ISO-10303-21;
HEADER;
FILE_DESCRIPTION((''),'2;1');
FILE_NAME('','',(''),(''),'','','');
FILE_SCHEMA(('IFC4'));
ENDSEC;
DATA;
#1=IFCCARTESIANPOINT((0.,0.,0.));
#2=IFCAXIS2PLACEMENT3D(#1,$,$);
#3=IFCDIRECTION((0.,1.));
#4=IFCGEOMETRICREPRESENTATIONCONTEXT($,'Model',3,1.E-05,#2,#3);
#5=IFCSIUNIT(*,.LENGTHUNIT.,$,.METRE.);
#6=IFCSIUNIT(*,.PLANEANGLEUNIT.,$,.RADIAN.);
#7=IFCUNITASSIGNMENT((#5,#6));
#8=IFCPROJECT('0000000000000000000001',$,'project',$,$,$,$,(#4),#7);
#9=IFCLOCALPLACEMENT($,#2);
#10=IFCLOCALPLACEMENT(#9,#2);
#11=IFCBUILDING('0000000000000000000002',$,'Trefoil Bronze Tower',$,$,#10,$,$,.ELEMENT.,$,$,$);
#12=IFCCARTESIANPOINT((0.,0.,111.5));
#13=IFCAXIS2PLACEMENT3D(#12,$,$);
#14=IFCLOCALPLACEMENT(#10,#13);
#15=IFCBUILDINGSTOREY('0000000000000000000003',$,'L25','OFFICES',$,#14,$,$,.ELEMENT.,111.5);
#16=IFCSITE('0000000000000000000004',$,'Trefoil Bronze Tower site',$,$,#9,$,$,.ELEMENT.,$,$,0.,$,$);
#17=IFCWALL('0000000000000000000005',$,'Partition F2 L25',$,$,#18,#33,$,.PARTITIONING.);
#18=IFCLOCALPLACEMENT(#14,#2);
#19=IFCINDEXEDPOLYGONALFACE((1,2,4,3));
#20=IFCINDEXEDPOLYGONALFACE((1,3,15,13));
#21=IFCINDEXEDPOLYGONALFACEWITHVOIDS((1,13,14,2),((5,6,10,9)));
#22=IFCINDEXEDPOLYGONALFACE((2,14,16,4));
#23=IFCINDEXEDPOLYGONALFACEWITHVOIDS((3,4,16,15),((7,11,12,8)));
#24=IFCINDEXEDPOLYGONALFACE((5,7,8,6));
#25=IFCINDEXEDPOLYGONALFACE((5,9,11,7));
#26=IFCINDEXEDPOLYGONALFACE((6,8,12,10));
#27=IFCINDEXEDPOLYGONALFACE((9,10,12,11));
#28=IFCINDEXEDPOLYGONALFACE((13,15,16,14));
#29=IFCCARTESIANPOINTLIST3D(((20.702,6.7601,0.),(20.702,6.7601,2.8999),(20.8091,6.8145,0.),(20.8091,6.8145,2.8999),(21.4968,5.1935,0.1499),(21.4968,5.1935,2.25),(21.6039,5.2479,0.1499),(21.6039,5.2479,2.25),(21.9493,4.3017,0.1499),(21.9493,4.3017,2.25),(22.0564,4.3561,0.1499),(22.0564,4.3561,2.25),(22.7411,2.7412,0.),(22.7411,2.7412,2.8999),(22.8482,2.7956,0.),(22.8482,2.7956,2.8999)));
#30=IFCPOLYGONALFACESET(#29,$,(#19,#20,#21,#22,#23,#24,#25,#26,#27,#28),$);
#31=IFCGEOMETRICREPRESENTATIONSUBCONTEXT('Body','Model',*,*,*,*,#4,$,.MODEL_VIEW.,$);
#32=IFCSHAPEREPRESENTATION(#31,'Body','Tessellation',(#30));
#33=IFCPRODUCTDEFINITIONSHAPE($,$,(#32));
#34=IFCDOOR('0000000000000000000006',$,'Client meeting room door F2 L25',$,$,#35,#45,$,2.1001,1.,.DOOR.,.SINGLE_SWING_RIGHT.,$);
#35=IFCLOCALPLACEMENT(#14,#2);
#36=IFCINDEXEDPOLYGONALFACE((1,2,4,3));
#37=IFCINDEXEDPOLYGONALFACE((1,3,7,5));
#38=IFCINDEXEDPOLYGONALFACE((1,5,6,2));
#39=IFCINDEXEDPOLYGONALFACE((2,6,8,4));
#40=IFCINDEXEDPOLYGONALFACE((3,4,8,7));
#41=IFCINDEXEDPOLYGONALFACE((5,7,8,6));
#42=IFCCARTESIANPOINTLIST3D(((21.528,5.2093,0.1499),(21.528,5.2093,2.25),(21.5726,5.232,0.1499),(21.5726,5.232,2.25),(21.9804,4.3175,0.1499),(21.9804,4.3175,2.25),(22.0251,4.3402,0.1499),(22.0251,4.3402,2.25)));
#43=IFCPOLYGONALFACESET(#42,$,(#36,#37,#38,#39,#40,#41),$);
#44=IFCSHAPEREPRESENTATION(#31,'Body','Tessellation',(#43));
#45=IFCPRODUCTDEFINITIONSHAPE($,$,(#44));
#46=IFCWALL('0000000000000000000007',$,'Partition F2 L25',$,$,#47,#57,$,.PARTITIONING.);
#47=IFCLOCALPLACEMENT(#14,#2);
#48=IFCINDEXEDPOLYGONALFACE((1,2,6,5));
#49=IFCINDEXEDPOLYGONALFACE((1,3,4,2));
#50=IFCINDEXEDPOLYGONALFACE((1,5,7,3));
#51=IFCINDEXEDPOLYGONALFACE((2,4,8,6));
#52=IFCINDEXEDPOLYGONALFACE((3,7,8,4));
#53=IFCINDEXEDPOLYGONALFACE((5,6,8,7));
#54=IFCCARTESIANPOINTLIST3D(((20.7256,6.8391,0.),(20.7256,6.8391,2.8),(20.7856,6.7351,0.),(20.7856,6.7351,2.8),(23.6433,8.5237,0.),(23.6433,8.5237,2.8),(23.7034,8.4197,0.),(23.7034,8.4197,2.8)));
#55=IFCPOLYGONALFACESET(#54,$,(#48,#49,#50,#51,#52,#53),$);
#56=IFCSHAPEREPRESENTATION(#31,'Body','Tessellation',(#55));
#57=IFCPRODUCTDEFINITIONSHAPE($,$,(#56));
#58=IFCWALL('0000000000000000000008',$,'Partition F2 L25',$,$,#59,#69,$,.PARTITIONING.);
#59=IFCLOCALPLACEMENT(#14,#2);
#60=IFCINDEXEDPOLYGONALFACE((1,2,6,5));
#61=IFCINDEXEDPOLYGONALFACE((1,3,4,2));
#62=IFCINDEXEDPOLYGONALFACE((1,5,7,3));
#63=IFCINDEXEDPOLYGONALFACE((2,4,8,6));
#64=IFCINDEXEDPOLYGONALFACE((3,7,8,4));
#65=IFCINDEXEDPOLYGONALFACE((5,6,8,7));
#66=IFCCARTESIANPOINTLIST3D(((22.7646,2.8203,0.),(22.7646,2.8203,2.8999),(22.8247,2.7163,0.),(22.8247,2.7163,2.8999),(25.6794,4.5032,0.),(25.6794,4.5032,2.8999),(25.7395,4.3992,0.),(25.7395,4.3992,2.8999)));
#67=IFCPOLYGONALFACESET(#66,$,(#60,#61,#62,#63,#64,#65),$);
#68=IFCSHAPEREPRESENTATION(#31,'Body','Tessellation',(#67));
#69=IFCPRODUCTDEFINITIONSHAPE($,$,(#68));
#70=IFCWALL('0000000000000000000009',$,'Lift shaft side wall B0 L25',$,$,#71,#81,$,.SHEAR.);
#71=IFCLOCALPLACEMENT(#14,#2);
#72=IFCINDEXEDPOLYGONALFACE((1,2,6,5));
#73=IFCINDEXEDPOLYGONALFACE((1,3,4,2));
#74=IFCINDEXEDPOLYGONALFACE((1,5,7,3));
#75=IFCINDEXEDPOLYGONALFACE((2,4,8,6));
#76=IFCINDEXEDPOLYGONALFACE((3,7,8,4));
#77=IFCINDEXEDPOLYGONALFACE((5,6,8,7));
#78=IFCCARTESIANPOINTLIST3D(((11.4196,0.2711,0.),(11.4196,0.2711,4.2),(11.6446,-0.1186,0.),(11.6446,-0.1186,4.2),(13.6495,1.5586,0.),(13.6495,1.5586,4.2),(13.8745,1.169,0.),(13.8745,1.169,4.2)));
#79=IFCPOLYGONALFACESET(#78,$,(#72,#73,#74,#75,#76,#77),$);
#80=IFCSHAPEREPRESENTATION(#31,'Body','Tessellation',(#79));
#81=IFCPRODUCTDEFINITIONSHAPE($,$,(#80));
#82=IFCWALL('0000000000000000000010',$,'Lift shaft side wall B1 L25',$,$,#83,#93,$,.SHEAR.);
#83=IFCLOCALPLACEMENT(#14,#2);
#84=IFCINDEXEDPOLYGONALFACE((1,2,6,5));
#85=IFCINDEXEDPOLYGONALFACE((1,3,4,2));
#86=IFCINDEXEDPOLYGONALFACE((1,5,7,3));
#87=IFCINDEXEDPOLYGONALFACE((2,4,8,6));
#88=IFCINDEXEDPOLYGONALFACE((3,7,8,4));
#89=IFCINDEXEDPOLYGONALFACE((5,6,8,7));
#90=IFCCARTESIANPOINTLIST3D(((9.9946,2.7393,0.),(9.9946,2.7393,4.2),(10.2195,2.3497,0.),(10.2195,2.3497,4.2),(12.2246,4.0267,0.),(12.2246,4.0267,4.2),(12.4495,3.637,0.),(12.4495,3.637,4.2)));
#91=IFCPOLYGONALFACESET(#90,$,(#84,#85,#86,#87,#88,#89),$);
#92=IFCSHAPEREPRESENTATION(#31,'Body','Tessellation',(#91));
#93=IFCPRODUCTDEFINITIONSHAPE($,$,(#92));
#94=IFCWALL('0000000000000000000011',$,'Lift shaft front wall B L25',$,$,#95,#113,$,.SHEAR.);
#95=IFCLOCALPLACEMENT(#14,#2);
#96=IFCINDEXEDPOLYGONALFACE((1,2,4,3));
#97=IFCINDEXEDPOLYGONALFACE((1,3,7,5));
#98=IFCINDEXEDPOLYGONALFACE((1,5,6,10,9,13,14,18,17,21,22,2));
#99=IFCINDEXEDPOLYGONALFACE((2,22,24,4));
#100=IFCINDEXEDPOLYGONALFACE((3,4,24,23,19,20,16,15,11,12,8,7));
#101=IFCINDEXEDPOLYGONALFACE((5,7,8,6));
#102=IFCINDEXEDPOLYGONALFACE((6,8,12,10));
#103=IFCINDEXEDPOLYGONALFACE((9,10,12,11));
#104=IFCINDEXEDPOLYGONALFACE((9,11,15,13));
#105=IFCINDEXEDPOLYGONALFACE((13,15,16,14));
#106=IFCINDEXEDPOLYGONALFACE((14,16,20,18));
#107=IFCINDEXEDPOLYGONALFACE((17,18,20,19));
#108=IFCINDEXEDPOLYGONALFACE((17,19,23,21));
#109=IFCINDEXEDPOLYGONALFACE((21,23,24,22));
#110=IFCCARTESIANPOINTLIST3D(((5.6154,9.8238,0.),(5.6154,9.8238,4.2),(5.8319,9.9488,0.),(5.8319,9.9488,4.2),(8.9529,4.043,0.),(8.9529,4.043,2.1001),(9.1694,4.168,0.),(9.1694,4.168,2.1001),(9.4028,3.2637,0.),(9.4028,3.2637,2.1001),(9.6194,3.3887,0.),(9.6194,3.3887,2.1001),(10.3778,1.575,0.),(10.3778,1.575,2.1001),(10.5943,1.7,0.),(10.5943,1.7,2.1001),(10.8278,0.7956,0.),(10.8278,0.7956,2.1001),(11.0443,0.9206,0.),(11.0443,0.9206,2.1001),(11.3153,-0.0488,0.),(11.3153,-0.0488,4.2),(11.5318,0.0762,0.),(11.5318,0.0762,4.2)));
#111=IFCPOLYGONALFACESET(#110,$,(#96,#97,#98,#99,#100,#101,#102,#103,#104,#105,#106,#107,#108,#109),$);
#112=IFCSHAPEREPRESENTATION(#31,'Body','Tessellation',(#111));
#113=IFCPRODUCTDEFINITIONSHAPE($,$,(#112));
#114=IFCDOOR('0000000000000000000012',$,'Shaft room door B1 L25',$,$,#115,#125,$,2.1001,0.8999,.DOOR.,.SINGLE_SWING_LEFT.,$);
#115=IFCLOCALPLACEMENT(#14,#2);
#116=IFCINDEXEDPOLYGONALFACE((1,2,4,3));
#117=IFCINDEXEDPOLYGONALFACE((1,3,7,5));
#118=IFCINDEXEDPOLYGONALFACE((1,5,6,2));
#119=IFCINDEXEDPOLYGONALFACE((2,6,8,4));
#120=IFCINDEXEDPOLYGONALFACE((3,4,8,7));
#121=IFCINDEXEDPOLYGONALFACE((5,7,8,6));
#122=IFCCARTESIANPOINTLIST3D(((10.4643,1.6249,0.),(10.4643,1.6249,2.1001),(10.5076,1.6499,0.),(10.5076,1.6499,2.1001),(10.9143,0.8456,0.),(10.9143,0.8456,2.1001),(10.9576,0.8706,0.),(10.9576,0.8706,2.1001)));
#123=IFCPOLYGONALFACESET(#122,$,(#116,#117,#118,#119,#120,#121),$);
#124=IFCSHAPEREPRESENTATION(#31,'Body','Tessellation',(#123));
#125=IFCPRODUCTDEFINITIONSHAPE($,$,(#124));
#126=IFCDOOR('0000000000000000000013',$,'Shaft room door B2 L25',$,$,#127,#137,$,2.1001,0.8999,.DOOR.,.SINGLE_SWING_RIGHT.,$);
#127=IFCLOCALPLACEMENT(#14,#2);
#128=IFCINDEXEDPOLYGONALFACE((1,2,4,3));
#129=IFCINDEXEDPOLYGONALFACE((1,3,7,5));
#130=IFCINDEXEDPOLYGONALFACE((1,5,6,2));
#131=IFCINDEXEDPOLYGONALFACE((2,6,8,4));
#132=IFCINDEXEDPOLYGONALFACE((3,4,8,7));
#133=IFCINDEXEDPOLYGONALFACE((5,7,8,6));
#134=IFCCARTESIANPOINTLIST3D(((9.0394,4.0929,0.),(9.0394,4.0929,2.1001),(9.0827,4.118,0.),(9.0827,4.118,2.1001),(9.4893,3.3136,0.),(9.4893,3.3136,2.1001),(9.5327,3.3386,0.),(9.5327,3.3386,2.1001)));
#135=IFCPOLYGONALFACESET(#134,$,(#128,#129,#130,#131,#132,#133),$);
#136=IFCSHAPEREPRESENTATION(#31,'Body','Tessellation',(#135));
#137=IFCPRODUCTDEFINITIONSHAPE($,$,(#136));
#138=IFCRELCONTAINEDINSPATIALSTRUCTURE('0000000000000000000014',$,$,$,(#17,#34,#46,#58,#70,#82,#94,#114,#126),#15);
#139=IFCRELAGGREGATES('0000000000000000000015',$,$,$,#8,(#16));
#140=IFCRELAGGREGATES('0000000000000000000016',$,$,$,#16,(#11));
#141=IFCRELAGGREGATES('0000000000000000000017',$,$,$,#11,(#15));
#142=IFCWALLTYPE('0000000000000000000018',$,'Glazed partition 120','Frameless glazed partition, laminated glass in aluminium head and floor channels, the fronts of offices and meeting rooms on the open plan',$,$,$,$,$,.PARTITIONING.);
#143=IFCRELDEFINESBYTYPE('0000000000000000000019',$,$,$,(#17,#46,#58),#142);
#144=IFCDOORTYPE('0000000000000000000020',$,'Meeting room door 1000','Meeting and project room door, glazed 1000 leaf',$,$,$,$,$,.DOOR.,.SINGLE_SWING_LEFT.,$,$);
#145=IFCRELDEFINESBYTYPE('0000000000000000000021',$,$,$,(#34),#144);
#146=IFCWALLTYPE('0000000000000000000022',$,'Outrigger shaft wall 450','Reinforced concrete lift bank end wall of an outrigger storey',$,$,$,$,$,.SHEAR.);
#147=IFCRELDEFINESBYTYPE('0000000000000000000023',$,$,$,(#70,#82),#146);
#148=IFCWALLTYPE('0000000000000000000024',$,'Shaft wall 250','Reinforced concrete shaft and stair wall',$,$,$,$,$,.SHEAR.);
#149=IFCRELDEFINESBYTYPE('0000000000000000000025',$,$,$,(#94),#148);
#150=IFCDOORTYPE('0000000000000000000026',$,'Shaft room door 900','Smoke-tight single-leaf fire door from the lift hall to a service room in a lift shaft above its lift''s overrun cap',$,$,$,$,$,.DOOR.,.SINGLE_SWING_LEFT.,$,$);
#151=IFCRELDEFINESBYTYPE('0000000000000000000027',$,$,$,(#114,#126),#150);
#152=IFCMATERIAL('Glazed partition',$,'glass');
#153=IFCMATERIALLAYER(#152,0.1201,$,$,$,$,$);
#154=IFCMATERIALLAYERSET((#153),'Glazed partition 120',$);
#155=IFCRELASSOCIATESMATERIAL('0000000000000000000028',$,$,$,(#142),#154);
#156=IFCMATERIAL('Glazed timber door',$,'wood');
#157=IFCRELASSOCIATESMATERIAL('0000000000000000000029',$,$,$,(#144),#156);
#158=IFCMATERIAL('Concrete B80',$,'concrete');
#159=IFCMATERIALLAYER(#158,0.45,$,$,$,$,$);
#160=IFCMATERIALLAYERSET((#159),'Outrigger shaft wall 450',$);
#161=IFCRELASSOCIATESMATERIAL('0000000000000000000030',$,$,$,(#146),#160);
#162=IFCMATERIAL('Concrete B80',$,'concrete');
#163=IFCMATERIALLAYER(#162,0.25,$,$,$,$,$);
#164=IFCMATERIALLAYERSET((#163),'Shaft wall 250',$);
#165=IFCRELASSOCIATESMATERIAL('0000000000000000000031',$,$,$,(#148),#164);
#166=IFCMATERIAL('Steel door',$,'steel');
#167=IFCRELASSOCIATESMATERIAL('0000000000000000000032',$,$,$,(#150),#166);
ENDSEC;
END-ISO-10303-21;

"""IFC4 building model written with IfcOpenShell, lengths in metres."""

from ifc_helpers import new_model, si_unit, direction, frame, frame_2d, origin, place, context, subcontext, project, spatial, rectangle, extrude, material, layer, layer_set, type_object, element, fill, save


model = new_model("IFC4")

# Units and contexts
model_context = context("Model", 3, precision=1e-05, world=origin(), true_north=direction((0.0, 1.0)))
body_context = subcontext(model_context, "Body", "Model", "MODEL_VIEW")
ifc_project = project(units=[si_unit("LENGTHUNIT", "METRE"), si_unit("PLANEANGLEUNIT", "RADIAN")], contexts=[model_context])

# Site, building, storey
site_placement = place(None, origin())
site = spatial("IfcSite", under=ifc_project, at=site_placement, Name="Trefoil Bronze Tower site", CompositionType="ELEMENT", RefElevation=0.0)
building_placement = place(site_placement, origin())
building = spatial("IfcBuilding", under=site, at=building_placement, Name="Trefoil Bronze Tower", CompositionType="ELEMENT")
storey_placement = place(building_placement, frame((0.0, 0.0, 111.5)))
storey = spatial("IfcBuildingStorey", under=building, at=storey_placement, Name="L25", Description="OFFICES", CompositionType="ELEMENT", Elevation=111.5)

# Shared definitions
ifc_material_1 = material(Name="Glazed partition", Category="glass")
ifc_layer_1 = layer(ifc_material_1, 0.1201)
ifc_layer_set_1 = layer_set([ifc_layer_1], Name="Glazed partition 120")
wall_type_1 = type_object("IfcWallType", Name="Glazed partition 120", Description="Frameless glazed partition, laminated glass in aluminium head and floor channels, the fronts of offices and meeting rooms on the open plan", PredefinedType="PARTITIONING", material=ifc_layer_set_1)
ifc_material_2 = material(Name="Glazed timber door", Category="wood")
door_type_1 = type_object("IfcDoorType", Name="Meeting room door 1000", Description="Meeting and project room door, glazed 1000 leaf", OperationType="SINGLE_SWING_LEFT", PredefinedType="DOOR", material=ifc_material_2)

# Wall, opening, door
wall_1_placement = place(storey_placement, frame((22.7947, 2.7683, 0.0), z_axis=(0.0, 0.0, 1.0), x_axis=(-0.452472, 0.891779, 0.0)))
wall_1 = element("IfcWall", 1, at=wall_1_placement, inside=storey, type_object=wall_type_1, Name="Partition F2 L25", PredefinedType="PARTITIONING", context=body_context, shape_type="SweptSolid", body=[
    extrude(rectangle(XDim=4.5066, YDim=0.1201, at=frame_2d((2.2534, 0.0))), origin(), (0.0, 0.0, 1.0), 2.8999),
])
opening_1_placement = place(wall_1_placement, frame((1.75, 0.0, 0.1499)))
opening_1 = element("IfcOpeningElement", 2, at=opening_1_placement, cuts=wall_1, PredefinedType="OPENING", context=body_context, shape_type="SweptSolid", body=[
    extrude(rectangle(XDim=1.0, YDim=2.1001, at=frame_2d((0.5, 1.05))), frame((0.0, 0.0701, 0.0), z_axis=(0.0, -1.0, 0.0), x_axis=(1.0, 0.0, 0.0)), (0.0, 0.0, 1.0), 0.1401),
])
door_1_placement = place(opening_1_placement, frame((1.0, 0.0, 0.0), z_axis=(0.0, 0.0, 1.0), x_axis=(-1.0, 0.0, 0.0)))
door_1 = element("IfcDoor", 3, at=door_1_placement, inside=storey, type_object=door_type_1, Name="Client meeting room door F2 L25", OperationType="SINGLE_SWING_RIGHT", OverallHeight=2.1001, OverallWidth=1.0, PredefinedType="DOOR", context=body_context, shape_type="SweptSolid", body=[
    extrude(rectangle(XDim=1.0, YDim=2.1001, at=frame_2d((0.5, 1.05))), frame((0.0, 0.0249, 0.0), z_axis=(0.0, -1.0, 0.0), x_axis=(1.0, 0.0, 0.0)), (0.0, 0.0, 1.0), 0.05),
])
fill(opening_1, door_1)

# Walls
wall_2_placement = place(storey_placement, frame((20.7556, 6.7871, 0.0), z_axis=(0.0, 0.0, 1.0), x_axis=(0.866023, 0.500005, 0.0)))
element("IfcWall", 4, at=wall_2_placement, inside=storey, type_object=wall_type_1, Name="Partition F2 L25", PredefinedType="PARTITIONING", context=body_context, shape_type="SweptSolid", body=[
    extrude(rectangle(XDim=3.3691, YDim=0.1201, at=frame_2d((1.6846, 0.0))), origin(), (0.0, 0.0, 1.0), 2.8),
])
wall_3_placement = place(storey_placement, frame((22.7947, 2.7683, 0.0), z_axis=(0.0, 0.0, 1.0), x_axis=(0.866025, 0.500001, 0.0)))
element("IfcWall", 5, at=wall_3_placement, inside=storey, type_object=wall_type_1, Name="Partition F2 L25", PredefinedType="PARTITIONING", context=body_context, shape_type="SweptSolid", body=[
    extrude(rectangle(XDim=3.3657, YDim=0.1201, at=frame_2d((1.6829, 0.0))), origin(), (0.0, 0.0, 1.0), 2.8999),
])
ifc_material_3 = material(Name="Concrete B80", Category="concrete")
ifc_layer_2 = layer(ifc_material_3, 0.45)
ifc_layer_set_2 = layer_set([ifc_layer_2], Name="Outrigger shaft wall 450")
wall_type_2 = type_object("IfcWallType", Name="Outrigger shaft wall 450", Description="Reinforced concrete lift bank end wall of an outrigger storey", PredefinedType="SHEAR", material=ifc_layer_set_2)
for number, where, z_axis, x_axis, name in (
    (6, (11.532, 0.0762, 0.0), (0.0, 0.0, 1.0), (0.866006, 0.500034, 0.0), "Lift shaft side wall B0 L25"),
    (7, (10.1069, 2.5444, 0.0), (0.0, 0.0, 1.0), (0.866047, 0.499963, 0.0), "Lift shaft side wall B1 L25"),
):
    element("IfcWall", number, at=place(storey_placement, frame(where, z_axis=z_axis, x_axis=x_axis)), inside=storey, type_object=wall_type_2, Name=name, PredefinedType="SHEAR", context=body_context, shape_type="SweptSolid", body=[
        extrude(rectangle(XDim=2.575, YDim=0.45, at=frame_2d((1.2876, 0.0))), origin(), (0.0, 0.0, 1.0), 4.2),
    ])

# Wall, openings, doors
ifc_material_4 = material(Name="Concrete B80", Category="concrete")
ifc_layer_3 = layer(ifc_material_4, 0.25)
ifc_layer_set_3 = layer_set([ifc_layer_3], Name="Shaft wall 250")
wall_type_3 = type_object("IfcWallType", Name="Shaft wall 250", Description="Reinforced concrete shaft and stair wall", PredefinedType="SHEAR", material=ifc_layer_set_3)
wall_4_placement = place(storey_placement, frame((11.4236, 0.0137, 0.0), z_axis=(0.0, 0.0, 1.0), x_axis=(-0.500002, 0.866024, 0.0)))
wall_4 = element("IfcWall", 8, at=wall_4_placement, inside=storey, type_object=wall_type_3, Name="Lift shaft front wall B L25", PredefinedType="SHEAR", context=body_context, shape_type="SweptSolid", body=[
    extrude(rectangle(XDim=11.3999, YDim=0.25, at=frame_2d((5.7, 0.0))), origin(), (0.0, 0.0, 1.0), 4.2),
])
opening_2_placement = place(wall_4_placement, frame((0.9751, 0.0, 0.0)))
opening_2 = element("IfcOpeningElement", 9, at=opening_2_placement, cuts=wall_4, PredefinedType="OPENING", context=body_context, shape_type="SweptSolid", body=[
    extrude(rectangle(XDim=0.8999, YDim=2.1001, at=frame_2d((0.45, 1.05))), frame((0.0, 0.135, 0.0), z_axis=(0.0, -1.0, 0.0), x_axis=(1.0, 0.0, 0.0)), (0.0, 0.0, 1.0), 0.27),
])
opening_3_placement = place(wall_4_placement, frame((3.825, 0.0, 0.0)))
opening_3 = element("IfcOpeningElement", 10, at=opening_3_placement, cuts=wall_4, PredefinedType="OPENING", context=body_context, shape_type="SweptSolid", body=[
    extrude(rectangle(XDim=0.8999, YDim=2.1001, at=frame_2d((0.45, 1.05))), frame((0.0, 0.135, 0.0), z_axis=(0.0, -1.0, 0.0), x_axis=(1.0, 0.0, 0.0)), (0.0, 0.0, 1.0), 0.27),
])
ifc_material_5 = material(Name="Steel door", Category="steel")
door_type_2 = type_object("IfcDoorType", Name="Shaft room door 900", Description="Smoke-tight single-leaf fire door from the lift hall to a service room in a lift shaft above its lift's overrun cap", OperationType="SINGLE_SWING_LEFT", PredefinedType="DOOR", material=ifc_material_5)
door_2_placement = place(opening_2_placement, frame((0.8999, 0.0, 0.0), z_axis=(0.0, 0.0, 1.0), x_axis=(-1.0, 0.0, 0.0)))
door_2 = element("IfcDoor", 11, at=door_2_placement, inside=storey, type_object=door_type_2, Name="Shaft room door B1 L25", OperationType="SINGLE_SWING_LEFT", OverallHeight=2.1001, OverallWidth=0.8999, PredefinedType="DOOR", context=body_context, shape_type="SweptSolid", body=[
    extrude(rectangle(XDim=0.8999, YDim=2.1001, at=frame_2d((0.45, 1.05))), frame((0.0, 0.0249, 0.0), z_axis=(0.0, -1.0, 0.0), x_axis=(1.0, 0.0, 0.0)), (0.0, 0.0, 1.0), 0.05),
])
fill(opening_2, door_2)
door_3_placement = place(opening_3_placement, frame((0.8999, 0.0, 0.0), z_axis=(0.0, 0.0, 1.0), x_axis=(-1.0, 0.0, 0.0)))
door_3 = element("IfcDoor", 12, at=door_3_placement, inside=storey, type_object=door_type_2, Name="Shaft room door B2 L25", OperationType="SINGLE_SWING_RIGHT", OverallHeight=2.1001, OverallWidth=0.8999, PredefinedType="DOOR", context=body_context, shape_type="SweptSolid", body=[
    extrude(rectangle(XDim=0.8999, YDim=2.1001, at=frame_2d((0.45, 1.05))), frame((0.0, 0.0249, 0.0), z_axis=(0.0, -1.0, 0.0), x_axis=(1.0, 0.0, 0.0)), (0.0, 0.0, 1.0), 0.05),
])
fill(opening_3, door_3)

save(model, "model.ifc")
